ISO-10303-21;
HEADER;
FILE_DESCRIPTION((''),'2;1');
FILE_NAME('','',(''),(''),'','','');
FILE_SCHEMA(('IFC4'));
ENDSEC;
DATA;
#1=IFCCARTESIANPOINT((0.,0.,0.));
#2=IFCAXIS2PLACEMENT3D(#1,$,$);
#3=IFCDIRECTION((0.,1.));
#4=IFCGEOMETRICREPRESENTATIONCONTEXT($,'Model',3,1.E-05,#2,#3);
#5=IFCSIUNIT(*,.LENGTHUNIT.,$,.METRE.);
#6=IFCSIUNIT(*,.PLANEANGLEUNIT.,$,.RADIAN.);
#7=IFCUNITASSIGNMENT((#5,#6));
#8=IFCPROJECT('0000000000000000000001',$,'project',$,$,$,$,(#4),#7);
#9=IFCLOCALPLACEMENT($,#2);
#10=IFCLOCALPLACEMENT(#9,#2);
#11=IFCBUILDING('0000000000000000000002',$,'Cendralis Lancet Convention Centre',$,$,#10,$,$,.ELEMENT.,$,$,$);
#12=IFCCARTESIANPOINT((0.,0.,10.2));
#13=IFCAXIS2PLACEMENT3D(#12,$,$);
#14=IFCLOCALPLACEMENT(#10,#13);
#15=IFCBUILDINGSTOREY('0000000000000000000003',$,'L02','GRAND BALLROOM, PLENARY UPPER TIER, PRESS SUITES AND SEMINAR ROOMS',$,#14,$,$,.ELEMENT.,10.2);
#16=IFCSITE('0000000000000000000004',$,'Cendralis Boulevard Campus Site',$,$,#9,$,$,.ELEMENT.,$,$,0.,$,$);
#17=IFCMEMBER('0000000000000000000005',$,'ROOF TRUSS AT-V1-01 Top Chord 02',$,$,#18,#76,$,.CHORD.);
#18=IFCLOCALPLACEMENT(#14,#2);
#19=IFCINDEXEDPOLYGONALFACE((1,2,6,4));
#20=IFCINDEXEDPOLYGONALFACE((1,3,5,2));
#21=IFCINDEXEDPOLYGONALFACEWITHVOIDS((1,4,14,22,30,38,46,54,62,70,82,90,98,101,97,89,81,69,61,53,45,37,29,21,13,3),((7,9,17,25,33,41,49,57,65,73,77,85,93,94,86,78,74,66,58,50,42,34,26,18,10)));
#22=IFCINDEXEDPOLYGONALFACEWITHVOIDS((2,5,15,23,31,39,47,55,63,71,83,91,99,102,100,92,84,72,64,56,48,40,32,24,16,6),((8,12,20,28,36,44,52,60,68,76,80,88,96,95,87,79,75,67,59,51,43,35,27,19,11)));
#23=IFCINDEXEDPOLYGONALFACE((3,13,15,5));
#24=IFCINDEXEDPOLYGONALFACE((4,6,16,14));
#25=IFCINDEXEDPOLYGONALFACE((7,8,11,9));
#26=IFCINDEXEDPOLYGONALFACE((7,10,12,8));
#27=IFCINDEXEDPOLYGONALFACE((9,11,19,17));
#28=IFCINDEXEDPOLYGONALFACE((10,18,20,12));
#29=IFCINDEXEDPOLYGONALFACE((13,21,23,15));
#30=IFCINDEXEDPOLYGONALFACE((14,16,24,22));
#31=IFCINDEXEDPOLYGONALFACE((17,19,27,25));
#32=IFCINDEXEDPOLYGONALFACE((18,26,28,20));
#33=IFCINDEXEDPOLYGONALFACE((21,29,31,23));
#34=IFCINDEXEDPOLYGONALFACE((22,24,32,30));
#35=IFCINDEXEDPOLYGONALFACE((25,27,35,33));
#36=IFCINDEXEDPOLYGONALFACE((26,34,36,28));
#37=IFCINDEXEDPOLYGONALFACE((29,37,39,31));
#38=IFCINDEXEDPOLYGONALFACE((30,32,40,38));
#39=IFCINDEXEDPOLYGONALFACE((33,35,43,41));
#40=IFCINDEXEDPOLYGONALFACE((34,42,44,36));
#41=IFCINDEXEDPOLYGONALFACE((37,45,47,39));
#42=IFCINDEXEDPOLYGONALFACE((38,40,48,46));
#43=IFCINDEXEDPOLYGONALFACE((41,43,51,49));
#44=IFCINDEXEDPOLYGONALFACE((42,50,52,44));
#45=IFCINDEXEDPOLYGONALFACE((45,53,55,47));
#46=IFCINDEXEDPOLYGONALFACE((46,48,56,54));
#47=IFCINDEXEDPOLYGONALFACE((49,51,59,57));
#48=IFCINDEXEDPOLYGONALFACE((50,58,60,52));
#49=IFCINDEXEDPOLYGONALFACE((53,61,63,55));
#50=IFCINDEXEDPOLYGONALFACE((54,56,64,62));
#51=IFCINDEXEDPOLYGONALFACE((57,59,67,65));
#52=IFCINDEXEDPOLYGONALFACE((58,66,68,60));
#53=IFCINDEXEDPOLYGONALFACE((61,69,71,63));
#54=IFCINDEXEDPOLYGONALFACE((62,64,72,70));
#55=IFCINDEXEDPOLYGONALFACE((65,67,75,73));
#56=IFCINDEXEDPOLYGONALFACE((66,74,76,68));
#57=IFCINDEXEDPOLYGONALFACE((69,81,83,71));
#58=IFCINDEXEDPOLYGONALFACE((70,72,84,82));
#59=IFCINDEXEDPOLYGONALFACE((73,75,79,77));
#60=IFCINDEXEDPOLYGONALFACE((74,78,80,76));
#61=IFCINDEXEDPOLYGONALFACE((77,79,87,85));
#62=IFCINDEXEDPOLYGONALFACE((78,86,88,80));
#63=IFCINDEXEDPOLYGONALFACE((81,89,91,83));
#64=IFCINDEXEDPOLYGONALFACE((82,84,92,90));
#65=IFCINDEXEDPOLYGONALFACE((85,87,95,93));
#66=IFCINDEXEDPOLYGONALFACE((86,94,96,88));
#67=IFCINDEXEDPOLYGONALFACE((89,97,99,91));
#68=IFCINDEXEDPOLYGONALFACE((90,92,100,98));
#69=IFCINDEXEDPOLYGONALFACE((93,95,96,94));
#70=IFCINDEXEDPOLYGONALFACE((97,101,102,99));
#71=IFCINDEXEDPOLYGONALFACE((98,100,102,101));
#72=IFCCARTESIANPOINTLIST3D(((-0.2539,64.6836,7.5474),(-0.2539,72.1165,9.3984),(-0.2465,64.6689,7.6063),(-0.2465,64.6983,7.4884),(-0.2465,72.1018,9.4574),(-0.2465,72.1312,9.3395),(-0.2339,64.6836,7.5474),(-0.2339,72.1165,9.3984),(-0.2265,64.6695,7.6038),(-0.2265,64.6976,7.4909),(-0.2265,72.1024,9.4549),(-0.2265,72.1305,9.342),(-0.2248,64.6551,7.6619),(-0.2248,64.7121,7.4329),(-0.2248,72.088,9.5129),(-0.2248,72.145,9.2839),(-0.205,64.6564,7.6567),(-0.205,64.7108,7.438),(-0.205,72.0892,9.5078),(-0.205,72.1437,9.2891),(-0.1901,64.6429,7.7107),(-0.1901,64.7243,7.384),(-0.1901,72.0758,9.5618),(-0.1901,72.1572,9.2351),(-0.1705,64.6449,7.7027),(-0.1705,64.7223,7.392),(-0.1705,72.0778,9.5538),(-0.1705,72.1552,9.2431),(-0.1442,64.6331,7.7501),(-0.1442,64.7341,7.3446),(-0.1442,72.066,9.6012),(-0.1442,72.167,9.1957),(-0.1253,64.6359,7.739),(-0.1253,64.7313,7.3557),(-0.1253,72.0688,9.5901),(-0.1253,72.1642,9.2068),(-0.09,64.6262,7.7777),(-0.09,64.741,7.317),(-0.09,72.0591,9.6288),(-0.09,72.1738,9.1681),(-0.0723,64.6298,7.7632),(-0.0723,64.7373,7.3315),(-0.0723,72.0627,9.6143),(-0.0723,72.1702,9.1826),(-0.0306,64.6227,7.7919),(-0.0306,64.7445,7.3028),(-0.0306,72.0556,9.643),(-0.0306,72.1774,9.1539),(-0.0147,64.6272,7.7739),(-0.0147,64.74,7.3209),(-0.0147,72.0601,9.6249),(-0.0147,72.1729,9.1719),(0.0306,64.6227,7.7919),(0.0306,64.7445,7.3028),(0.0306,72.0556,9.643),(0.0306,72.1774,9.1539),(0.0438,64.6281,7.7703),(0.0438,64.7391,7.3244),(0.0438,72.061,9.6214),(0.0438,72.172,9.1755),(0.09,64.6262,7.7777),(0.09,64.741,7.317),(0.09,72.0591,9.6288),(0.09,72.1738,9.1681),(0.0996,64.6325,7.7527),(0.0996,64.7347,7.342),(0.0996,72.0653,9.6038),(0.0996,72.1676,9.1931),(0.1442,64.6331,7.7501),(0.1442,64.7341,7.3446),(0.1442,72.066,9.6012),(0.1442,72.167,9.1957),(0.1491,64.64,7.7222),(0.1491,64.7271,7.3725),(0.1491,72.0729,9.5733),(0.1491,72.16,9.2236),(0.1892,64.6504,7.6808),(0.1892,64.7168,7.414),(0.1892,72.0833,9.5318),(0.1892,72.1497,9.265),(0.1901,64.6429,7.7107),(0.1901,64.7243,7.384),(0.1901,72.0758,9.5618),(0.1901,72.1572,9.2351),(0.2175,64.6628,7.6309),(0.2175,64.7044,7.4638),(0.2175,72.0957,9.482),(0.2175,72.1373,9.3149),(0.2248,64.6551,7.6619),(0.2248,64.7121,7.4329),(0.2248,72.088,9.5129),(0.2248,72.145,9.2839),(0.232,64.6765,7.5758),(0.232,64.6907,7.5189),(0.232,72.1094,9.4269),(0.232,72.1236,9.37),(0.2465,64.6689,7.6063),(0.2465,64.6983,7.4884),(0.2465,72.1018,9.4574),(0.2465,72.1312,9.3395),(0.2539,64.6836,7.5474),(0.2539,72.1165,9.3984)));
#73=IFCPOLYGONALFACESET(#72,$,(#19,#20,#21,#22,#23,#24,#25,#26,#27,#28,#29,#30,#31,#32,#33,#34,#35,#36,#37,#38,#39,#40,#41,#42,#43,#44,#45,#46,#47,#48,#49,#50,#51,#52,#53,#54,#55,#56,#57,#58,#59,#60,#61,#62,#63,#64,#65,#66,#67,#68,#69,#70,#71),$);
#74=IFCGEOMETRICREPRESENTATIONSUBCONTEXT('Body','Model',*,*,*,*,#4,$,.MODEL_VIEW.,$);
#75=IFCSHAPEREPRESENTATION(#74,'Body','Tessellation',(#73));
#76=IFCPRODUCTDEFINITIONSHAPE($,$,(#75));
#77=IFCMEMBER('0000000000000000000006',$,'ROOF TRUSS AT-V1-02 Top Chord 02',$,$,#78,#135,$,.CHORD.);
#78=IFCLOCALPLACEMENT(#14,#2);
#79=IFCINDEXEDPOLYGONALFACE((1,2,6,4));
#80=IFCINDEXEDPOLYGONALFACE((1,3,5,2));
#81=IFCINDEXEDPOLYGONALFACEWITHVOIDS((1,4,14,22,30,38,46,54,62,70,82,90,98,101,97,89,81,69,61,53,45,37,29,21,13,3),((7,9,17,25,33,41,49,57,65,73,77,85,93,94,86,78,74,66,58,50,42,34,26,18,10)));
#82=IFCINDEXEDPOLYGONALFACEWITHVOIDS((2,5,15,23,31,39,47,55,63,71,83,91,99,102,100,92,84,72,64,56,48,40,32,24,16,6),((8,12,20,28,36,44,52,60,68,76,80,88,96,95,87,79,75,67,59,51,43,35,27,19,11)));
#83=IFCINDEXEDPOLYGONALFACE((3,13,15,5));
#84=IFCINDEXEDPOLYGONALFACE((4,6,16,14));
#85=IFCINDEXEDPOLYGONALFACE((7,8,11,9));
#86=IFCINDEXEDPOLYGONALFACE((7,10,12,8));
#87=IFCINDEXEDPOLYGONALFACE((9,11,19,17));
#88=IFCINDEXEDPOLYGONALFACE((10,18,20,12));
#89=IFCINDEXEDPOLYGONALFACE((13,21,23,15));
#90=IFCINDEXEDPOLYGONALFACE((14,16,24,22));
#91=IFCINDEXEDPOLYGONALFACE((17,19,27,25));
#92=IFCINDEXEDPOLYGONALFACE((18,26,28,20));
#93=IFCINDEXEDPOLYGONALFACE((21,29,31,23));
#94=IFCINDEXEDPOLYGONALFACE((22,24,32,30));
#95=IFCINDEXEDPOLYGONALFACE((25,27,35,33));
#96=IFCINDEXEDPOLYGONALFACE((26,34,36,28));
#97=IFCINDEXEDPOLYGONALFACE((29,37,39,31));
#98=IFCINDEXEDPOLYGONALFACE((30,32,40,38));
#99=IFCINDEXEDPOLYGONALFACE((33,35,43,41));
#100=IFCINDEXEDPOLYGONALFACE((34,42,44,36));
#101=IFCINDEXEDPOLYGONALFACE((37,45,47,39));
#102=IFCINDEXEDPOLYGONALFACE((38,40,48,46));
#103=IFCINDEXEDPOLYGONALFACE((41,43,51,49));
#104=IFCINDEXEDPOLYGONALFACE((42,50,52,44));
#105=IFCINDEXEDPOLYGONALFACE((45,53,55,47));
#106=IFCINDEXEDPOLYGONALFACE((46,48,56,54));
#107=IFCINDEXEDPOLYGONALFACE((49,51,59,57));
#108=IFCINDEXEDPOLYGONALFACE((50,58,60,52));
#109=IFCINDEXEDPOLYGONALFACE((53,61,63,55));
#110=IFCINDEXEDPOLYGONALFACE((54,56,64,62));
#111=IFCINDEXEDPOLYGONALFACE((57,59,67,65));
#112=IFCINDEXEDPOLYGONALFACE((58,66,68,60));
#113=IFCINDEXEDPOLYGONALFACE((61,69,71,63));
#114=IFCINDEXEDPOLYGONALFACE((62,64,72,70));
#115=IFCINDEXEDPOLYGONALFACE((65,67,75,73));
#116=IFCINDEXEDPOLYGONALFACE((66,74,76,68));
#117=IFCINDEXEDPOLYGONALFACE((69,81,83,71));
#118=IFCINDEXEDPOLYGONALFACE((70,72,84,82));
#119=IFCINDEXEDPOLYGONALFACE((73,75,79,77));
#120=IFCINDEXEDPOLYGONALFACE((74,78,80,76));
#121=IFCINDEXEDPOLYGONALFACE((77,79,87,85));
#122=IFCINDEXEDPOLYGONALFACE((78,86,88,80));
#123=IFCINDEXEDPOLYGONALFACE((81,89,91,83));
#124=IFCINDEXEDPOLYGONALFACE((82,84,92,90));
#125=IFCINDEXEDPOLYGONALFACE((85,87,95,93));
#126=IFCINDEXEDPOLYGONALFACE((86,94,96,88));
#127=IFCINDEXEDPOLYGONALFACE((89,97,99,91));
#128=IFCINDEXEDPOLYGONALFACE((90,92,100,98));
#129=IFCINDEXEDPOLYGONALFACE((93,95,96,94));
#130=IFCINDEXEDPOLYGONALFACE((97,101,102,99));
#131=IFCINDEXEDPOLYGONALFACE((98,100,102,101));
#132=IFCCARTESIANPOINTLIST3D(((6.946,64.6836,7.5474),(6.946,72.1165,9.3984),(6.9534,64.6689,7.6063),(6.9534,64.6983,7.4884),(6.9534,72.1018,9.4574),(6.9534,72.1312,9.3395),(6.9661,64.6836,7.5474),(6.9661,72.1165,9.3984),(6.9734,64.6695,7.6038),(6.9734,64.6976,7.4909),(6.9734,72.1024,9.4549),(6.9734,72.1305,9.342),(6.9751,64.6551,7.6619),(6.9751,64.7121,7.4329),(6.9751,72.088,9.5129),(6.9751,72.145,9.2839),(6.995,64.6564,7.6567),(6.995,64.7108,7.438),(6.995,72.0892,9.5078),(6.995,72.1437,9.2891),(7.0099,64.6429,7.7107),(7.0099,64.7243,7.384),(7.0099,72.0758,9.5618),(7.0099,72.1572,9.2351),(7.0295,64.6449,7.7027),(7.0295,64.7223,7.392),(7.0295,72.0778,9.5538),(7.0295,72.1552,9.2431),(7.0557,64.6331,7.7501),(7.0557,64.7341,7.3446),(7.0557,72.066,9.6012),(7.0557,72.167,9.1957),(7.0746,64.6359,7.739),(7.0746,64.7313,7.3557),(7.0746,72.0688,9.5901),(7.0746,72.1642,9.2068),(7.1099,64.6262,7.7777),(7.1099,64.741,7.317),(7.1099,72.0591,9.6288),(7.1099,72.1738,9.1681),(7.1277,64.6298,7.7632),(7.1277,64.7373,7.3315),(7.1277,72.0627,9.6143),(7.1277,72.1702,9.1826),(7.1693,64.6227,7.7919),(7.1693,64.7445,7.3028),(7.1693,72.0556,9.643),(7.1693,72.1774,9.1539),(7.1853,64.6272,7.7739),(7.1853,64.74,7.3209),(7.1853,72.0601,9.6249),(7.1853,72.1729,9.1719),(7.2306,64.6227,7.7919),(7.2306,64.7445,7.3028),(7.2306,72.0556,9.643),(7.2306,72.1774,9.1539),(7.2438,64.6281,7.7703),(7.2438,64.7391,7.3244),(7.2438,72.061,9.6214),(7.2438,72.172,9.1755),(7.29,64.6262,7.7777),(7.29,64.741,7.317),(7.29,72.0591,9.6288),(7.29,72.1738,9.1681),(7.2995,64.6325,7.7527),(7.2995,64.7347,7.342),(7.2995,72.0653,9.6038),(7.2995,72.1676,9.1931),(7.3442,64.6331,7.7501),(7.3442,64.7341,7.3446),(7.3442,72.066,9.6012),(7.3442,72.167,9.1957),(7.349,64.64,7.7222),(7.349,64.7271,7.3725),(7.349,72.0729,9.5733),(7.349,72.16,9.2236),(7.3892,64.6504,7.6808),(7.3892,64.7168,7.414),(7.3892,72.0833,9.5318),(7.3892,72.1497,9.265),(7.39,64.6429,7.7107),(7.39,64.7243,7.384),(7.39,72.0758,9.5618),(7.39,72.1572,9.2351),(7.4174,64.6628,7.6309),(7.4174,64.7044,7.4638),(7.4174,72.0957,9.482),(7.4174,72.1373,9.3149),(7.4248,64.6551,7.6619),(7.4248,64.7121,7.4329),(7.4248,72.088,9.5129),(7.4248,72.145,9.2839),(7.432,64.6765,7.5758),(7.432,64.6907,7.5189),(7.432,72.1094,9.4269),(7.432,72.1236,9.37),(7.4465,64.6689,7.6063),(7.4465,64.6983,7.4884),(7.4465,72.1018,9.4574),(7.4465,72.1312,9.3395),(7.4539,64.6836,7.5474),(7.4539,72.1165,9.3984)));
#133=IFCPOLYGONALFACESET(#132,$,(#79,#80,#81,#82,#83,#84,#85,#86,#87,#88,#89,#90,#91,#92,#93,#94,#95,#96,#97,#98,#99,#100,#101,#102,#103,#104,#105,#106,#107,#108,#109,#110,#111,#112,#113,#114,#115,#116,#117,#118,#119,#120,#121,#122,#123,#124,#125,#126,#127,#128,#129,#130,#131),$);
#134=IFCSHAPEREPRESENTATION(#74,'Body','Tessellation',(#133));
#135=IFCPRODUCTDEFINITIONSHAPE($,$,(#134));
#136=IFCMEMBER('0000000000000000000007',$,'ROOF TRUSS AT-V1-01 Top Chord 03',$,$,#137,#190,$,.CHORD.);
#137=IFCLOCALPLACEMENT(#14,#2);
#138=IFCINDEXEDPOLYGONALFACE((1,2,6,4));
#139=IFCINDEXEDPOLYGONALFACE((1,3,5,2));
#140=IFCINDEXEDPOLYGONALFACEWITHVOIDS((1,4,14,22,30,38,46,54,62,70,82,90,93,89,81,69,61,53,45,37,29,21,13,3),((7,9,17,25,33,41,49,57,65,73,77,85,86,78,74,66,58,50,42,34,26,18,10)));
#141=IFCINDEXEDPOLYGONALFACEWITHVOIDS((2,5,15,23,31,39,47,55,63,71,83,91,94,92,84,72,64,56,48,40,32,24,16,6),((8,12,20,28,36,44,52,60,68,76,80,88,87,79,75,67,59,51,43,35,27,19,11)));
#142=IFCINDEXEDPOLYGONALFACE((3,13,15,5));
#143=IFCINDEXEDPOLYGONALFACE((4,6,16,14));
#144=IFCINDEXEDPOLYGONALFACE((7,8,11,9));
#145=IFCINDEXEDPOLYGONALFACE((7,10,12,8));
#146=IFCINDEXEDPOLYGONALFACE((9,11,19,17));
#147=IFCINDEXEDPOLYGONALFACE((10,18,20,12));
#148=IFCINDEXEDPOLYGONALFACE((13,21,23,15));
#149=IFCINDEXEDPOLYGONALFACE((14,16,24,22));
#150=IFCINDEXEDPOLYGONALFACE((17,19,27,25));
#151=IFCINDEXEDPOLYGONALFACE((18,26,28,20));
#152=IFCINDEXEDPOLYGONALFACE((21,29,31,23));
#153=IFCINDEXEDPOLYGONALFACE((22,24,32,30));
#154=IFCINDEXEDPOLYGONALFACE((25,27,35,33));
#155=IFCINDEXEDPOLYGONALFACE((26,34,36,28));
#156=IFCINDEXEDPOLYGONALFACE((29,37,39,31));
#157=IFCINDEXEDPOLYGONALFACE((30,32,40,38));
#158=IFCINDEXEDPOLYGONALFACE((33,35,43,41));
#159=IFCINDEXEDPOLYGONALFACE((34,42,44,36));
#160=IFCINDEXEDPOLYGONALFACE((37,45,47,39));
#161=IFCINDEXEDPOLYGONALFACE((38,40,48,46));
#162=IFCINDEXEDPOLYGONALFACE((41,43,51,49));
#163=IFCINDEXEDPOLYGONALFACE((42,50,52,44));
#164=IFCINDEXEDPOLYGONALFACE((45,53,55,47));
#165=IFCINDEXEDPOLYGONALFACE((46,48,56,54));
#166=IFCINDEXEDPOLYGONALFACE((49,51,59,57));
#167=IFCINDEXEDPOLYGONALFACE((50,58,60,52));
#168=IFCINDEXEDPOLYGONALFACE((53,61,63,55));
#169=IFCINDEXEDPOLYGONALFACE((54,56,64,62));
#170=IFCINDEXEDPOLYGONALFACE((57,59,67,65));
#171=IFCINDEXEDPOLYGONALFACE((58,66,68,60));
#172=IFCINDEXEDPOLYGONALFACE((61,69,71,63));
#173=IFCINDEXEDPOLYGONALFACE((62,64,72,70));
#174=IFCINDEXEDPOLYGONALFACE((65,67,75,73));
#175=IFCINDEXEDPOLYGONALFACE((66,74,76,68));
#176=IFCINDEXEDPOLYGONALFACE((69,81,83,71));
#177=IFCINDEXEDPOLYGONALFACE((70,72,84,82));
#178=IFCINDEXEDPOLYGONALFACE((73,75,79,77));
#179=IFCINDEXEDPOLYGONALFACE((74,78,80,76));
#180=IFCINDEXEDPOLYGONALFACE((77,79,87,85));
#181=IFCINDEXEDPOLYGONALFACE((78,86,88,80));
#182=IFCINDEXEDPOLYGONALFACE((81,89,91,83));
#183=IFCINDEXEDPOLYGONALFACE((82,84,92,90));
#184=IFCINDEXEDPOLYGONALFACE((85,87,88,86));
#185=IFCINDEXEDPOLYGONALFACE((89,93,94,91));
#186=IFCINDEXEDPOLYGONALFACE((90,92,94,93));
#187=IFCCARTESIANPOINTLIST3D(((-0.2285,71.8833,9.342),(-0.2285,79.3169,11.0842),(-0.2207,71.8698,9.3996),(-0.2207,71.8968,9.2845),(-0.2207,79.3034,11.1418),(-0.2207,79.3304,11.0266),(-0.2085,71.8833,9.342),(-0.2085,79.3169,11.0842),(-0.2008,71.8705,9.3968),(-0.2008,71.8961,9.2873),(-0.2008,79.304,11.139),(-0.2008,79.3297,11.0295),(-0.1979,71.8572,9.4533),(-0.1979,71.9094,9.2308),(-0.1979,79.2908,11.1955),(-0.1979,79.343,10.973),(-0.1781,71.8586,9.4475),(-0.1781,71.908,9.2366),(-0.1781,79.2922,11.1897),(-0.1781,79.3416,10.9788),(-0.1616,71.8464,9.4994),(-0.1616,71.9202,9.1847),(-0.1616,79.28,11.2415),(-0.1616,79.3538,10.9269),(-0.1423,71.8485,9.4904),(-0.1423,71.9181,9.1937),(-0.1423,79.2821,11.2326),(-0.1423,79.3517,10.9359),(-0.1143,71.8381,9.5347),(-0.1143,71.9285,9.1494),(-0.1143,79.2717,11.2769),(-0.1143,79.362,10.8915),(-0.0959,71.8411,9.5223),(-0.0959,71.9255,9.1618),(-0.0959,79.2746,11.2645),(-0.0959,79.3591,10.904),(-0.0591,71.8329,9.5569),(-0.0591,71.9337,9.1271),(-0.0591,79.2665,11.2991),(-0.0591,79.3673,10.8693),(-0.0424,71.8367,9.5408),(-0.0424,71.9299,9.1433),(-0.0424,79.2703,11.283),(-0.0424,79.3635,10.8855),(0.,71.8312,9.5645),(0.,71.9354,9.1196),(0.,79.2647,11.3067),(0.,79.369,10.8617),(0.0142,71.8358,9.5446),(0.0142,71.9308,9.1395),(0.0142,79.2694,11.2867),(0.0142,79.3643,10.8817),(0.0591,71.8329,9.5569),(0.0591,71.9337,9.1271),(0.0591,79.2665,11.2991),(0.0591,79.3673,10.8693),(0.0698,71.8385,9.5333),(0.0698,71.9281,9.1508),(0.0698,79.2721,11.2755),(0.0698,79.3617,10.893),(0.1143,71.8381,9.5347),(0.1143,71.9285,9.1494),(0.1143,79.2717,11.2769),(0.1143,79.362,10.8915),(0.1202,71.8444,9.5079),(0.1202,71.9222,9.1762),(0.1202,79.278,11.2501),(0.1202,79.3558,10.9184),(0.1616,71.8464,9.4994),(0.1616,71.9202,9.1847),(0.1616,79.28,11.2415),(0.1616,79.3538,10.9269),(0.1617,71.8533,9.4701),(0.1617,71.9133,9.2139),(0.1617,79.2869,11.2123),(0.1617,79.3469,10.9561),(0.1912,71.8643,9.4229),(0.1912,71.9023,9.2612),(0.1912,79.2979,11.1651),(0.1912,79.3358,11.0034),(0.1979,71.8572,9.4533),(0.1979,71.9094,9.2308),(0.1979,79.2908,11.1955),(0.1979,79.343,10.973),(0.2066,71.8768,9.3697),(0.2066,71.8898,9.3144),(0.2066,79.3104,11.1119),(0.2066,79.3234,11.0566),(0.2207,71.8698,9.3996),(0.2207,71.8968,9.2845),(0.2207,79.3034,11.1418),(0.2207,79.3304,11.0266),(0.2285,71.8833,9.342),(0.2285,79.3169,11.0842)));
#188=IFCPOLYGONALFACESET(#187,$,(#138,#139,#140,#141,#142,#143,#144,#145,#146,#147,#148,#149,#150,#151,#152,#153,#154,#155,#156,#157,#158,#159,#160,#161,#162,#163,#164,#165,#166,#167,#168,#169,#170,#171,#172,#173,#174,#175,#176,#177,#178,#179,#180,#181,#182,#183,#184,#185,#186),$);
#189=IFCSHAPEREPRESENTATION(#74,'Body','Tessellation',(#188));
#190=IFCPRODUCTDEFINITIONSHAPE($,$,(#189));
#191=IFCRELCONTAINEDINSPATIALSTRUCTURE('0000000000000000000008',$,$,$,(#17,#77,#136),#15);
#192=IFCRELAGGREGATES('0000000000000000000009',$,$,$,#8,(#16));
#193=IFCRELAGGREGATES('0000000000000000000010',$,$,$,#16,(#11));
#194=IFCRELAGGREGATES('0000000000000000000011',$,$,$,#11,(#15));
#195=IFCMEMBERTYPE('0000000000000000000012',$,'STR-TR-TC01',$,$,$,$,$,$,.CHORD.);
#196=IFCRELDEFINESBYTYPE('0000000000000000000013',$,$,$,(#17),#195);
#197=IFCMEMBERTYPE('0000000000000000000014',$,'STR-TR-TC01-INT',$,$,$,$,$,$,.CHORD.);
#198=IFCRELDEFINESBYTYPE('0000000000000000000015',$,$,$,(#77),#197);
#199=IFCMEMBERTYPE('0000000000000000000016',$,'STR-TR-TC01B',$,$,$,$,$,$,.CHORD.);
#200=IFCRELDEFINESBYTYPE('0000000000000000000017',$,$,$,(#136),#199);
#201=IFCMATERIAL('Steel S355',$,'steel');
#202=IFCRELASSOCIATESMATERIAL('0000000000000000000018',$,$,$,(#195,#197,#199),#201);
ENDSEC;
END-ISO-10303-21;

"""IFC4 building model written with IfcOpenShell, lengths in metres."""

from ifc_helpers import new_model, si_unit, direction, frame, origin, origin_2d, place, context, subcontext, project, spatial, hollow_circle, extrude, material, material_profile, profile_set, type_object, element, save


model = new_model("IFC4")

# Units and contexts
model_context = context("Model", 3, precision=1e-05, world=origin(), true_north=direction((0.0, 1.0)))
body_context = subcontext(model_context, "Body", "Model", "MODEL_VIEW")
ifc_project = project(units=[si_unit("LENGTHUNIT", "METRE"), si_unit("PLANEANGLEUNIT", "RADIAN")], contexts=[model_context])

# Site, building, storey
site_placement = place(None, origin())
site = spatial("IfcSite", under=ifc_project, at=site_placement, Name="Cendralis Boulevard Campus Site", CompositionType="ELEMENT", RefElevation=0.0)
building_placement = place(site_placement, origin())
building = spatial("IfcBuilding", under=site, at=building_placement, Name="Cendralis Lancet Convention Centre", CompositionType="ELEMENT")
storey_placement = place(building_placement, frame((0.0, 0.0, 10.2)))
storey = spatial("IfcBuildingStorey", under=building, at=storey_placement, Name="L02", Description="GRAND BALLROOM, PLENARY UPPER TIER, PRESS SUITES AND SEMINAR ROOMS", CompositionType="ELEMENT", Elevation=10.2)

# Members
ifc_material = material(Name="Steel S355", Category="steel")
ifc_material_profile_1 = material_profile(ifc_material, hollow_circle(Radius=0.2539, WallThickness=0.02, at=origin_2d()), Name="CHS 508.0x20.0")
ifc_profile_set_1 = profile_set([ifc_material_profile_1], Name="Steel S355")
member_type_1 = type_object("IfcMemberType", Name="STR-TR-TC01", PredefinedType="CHORD", material=ifc_profile_set_1)
member_1_placement = place(storey_placement, frame((0.0, 64.6836, 7.5474), z_axis=(0.0, 0.970361, 0.241658), x_axis=(-1.0, 0.0, 0.0)))
element("IfcMember", 1, at=member_1_placement, inside=storey, type_object=member_type_1, Name="ROOF TRUSS AT-V1-01 Top Chord 02", PredefinedType="CHORD", context=body_context, shape_type="SweptSolid", body=[
    extrude(hollow_circle(Radius=0.2539, WallThickness=0.02, at=origin_2d()), origin(), (0.0, 0.0, 1.0), 7.6599),
])
ifc_material_profile_2 = material_profile(ifc_material, hollow_circle(Radius=0.2539, WallThickness=0.02, at=origin_2d()), Name="CHS 508.0x20.0")
ifc_profile_set_2 = profile_set([ifc_material_profile_2], Name="Steel S355")
member_type_2 = type_object("IfcMemberType", Name="STR-TR-TC01-INT", PredefinedType="CHORD", material=ifc_profile_set_2)
member_2_placement = place(storey_placement, frame((7.2, 64.6836, 7.5474), z_axis=(0.0, 0.970361, 0.241658), x_axis=(-1.0, 0.0, 0.0)))
element("IfcMember", 2, at=member_2_placement, inside=storey, type_object=member_type_2, Name="ROOF TRUSS AT-V1-02 Top Chord 02", PredefinedType="CHORD", context=body_context, shape_type="SweptSolid", body=[
    extrude(hollow_circle(Radius=0.2539, WallThickness=0.02, at=origin_2d()), origin(), (0.0, 0.0, 1.0), 7.6599),
])
ifc_material_profile_3 = material_profile(ifc_material, hollow_circle(Radius=0.2285, WallThickness=0.02, at=origin_2d()), Name="CHS 457.0x20.0")
ifc_profile_set_3 = profile_set([ifc_material_profile_3], Name="Steel S355")
member_type_3 = type_object("IfcMemberType", Name="STR-TR-TC01B", PredefinedType="CHORD", material=ifc_profile_set_3)
member_3_placement = place(storey_placement, frame((0.0, 71.8833, 9.342), z_axis=(0.0, 0.973618, 0.228184), x_axis=(-1.0, 0.0, 0.0)))
element("IfcMember", 3, at=member_3_placement, inside=storey, type_object=member_type_3, Name="ROOF TRUSS AT-V1-01 Top Chord 03", PredefinedType="CHORD", context=body_context, shape_type="SweptSolid", body=[
    extrude(hollow_circle(Radius=0.2285, WallThickness=0.02, at=origin_2d()), origin(), (0.0, 0.0, 1.0), 7.635),
])

save(model, "model.ifc")
